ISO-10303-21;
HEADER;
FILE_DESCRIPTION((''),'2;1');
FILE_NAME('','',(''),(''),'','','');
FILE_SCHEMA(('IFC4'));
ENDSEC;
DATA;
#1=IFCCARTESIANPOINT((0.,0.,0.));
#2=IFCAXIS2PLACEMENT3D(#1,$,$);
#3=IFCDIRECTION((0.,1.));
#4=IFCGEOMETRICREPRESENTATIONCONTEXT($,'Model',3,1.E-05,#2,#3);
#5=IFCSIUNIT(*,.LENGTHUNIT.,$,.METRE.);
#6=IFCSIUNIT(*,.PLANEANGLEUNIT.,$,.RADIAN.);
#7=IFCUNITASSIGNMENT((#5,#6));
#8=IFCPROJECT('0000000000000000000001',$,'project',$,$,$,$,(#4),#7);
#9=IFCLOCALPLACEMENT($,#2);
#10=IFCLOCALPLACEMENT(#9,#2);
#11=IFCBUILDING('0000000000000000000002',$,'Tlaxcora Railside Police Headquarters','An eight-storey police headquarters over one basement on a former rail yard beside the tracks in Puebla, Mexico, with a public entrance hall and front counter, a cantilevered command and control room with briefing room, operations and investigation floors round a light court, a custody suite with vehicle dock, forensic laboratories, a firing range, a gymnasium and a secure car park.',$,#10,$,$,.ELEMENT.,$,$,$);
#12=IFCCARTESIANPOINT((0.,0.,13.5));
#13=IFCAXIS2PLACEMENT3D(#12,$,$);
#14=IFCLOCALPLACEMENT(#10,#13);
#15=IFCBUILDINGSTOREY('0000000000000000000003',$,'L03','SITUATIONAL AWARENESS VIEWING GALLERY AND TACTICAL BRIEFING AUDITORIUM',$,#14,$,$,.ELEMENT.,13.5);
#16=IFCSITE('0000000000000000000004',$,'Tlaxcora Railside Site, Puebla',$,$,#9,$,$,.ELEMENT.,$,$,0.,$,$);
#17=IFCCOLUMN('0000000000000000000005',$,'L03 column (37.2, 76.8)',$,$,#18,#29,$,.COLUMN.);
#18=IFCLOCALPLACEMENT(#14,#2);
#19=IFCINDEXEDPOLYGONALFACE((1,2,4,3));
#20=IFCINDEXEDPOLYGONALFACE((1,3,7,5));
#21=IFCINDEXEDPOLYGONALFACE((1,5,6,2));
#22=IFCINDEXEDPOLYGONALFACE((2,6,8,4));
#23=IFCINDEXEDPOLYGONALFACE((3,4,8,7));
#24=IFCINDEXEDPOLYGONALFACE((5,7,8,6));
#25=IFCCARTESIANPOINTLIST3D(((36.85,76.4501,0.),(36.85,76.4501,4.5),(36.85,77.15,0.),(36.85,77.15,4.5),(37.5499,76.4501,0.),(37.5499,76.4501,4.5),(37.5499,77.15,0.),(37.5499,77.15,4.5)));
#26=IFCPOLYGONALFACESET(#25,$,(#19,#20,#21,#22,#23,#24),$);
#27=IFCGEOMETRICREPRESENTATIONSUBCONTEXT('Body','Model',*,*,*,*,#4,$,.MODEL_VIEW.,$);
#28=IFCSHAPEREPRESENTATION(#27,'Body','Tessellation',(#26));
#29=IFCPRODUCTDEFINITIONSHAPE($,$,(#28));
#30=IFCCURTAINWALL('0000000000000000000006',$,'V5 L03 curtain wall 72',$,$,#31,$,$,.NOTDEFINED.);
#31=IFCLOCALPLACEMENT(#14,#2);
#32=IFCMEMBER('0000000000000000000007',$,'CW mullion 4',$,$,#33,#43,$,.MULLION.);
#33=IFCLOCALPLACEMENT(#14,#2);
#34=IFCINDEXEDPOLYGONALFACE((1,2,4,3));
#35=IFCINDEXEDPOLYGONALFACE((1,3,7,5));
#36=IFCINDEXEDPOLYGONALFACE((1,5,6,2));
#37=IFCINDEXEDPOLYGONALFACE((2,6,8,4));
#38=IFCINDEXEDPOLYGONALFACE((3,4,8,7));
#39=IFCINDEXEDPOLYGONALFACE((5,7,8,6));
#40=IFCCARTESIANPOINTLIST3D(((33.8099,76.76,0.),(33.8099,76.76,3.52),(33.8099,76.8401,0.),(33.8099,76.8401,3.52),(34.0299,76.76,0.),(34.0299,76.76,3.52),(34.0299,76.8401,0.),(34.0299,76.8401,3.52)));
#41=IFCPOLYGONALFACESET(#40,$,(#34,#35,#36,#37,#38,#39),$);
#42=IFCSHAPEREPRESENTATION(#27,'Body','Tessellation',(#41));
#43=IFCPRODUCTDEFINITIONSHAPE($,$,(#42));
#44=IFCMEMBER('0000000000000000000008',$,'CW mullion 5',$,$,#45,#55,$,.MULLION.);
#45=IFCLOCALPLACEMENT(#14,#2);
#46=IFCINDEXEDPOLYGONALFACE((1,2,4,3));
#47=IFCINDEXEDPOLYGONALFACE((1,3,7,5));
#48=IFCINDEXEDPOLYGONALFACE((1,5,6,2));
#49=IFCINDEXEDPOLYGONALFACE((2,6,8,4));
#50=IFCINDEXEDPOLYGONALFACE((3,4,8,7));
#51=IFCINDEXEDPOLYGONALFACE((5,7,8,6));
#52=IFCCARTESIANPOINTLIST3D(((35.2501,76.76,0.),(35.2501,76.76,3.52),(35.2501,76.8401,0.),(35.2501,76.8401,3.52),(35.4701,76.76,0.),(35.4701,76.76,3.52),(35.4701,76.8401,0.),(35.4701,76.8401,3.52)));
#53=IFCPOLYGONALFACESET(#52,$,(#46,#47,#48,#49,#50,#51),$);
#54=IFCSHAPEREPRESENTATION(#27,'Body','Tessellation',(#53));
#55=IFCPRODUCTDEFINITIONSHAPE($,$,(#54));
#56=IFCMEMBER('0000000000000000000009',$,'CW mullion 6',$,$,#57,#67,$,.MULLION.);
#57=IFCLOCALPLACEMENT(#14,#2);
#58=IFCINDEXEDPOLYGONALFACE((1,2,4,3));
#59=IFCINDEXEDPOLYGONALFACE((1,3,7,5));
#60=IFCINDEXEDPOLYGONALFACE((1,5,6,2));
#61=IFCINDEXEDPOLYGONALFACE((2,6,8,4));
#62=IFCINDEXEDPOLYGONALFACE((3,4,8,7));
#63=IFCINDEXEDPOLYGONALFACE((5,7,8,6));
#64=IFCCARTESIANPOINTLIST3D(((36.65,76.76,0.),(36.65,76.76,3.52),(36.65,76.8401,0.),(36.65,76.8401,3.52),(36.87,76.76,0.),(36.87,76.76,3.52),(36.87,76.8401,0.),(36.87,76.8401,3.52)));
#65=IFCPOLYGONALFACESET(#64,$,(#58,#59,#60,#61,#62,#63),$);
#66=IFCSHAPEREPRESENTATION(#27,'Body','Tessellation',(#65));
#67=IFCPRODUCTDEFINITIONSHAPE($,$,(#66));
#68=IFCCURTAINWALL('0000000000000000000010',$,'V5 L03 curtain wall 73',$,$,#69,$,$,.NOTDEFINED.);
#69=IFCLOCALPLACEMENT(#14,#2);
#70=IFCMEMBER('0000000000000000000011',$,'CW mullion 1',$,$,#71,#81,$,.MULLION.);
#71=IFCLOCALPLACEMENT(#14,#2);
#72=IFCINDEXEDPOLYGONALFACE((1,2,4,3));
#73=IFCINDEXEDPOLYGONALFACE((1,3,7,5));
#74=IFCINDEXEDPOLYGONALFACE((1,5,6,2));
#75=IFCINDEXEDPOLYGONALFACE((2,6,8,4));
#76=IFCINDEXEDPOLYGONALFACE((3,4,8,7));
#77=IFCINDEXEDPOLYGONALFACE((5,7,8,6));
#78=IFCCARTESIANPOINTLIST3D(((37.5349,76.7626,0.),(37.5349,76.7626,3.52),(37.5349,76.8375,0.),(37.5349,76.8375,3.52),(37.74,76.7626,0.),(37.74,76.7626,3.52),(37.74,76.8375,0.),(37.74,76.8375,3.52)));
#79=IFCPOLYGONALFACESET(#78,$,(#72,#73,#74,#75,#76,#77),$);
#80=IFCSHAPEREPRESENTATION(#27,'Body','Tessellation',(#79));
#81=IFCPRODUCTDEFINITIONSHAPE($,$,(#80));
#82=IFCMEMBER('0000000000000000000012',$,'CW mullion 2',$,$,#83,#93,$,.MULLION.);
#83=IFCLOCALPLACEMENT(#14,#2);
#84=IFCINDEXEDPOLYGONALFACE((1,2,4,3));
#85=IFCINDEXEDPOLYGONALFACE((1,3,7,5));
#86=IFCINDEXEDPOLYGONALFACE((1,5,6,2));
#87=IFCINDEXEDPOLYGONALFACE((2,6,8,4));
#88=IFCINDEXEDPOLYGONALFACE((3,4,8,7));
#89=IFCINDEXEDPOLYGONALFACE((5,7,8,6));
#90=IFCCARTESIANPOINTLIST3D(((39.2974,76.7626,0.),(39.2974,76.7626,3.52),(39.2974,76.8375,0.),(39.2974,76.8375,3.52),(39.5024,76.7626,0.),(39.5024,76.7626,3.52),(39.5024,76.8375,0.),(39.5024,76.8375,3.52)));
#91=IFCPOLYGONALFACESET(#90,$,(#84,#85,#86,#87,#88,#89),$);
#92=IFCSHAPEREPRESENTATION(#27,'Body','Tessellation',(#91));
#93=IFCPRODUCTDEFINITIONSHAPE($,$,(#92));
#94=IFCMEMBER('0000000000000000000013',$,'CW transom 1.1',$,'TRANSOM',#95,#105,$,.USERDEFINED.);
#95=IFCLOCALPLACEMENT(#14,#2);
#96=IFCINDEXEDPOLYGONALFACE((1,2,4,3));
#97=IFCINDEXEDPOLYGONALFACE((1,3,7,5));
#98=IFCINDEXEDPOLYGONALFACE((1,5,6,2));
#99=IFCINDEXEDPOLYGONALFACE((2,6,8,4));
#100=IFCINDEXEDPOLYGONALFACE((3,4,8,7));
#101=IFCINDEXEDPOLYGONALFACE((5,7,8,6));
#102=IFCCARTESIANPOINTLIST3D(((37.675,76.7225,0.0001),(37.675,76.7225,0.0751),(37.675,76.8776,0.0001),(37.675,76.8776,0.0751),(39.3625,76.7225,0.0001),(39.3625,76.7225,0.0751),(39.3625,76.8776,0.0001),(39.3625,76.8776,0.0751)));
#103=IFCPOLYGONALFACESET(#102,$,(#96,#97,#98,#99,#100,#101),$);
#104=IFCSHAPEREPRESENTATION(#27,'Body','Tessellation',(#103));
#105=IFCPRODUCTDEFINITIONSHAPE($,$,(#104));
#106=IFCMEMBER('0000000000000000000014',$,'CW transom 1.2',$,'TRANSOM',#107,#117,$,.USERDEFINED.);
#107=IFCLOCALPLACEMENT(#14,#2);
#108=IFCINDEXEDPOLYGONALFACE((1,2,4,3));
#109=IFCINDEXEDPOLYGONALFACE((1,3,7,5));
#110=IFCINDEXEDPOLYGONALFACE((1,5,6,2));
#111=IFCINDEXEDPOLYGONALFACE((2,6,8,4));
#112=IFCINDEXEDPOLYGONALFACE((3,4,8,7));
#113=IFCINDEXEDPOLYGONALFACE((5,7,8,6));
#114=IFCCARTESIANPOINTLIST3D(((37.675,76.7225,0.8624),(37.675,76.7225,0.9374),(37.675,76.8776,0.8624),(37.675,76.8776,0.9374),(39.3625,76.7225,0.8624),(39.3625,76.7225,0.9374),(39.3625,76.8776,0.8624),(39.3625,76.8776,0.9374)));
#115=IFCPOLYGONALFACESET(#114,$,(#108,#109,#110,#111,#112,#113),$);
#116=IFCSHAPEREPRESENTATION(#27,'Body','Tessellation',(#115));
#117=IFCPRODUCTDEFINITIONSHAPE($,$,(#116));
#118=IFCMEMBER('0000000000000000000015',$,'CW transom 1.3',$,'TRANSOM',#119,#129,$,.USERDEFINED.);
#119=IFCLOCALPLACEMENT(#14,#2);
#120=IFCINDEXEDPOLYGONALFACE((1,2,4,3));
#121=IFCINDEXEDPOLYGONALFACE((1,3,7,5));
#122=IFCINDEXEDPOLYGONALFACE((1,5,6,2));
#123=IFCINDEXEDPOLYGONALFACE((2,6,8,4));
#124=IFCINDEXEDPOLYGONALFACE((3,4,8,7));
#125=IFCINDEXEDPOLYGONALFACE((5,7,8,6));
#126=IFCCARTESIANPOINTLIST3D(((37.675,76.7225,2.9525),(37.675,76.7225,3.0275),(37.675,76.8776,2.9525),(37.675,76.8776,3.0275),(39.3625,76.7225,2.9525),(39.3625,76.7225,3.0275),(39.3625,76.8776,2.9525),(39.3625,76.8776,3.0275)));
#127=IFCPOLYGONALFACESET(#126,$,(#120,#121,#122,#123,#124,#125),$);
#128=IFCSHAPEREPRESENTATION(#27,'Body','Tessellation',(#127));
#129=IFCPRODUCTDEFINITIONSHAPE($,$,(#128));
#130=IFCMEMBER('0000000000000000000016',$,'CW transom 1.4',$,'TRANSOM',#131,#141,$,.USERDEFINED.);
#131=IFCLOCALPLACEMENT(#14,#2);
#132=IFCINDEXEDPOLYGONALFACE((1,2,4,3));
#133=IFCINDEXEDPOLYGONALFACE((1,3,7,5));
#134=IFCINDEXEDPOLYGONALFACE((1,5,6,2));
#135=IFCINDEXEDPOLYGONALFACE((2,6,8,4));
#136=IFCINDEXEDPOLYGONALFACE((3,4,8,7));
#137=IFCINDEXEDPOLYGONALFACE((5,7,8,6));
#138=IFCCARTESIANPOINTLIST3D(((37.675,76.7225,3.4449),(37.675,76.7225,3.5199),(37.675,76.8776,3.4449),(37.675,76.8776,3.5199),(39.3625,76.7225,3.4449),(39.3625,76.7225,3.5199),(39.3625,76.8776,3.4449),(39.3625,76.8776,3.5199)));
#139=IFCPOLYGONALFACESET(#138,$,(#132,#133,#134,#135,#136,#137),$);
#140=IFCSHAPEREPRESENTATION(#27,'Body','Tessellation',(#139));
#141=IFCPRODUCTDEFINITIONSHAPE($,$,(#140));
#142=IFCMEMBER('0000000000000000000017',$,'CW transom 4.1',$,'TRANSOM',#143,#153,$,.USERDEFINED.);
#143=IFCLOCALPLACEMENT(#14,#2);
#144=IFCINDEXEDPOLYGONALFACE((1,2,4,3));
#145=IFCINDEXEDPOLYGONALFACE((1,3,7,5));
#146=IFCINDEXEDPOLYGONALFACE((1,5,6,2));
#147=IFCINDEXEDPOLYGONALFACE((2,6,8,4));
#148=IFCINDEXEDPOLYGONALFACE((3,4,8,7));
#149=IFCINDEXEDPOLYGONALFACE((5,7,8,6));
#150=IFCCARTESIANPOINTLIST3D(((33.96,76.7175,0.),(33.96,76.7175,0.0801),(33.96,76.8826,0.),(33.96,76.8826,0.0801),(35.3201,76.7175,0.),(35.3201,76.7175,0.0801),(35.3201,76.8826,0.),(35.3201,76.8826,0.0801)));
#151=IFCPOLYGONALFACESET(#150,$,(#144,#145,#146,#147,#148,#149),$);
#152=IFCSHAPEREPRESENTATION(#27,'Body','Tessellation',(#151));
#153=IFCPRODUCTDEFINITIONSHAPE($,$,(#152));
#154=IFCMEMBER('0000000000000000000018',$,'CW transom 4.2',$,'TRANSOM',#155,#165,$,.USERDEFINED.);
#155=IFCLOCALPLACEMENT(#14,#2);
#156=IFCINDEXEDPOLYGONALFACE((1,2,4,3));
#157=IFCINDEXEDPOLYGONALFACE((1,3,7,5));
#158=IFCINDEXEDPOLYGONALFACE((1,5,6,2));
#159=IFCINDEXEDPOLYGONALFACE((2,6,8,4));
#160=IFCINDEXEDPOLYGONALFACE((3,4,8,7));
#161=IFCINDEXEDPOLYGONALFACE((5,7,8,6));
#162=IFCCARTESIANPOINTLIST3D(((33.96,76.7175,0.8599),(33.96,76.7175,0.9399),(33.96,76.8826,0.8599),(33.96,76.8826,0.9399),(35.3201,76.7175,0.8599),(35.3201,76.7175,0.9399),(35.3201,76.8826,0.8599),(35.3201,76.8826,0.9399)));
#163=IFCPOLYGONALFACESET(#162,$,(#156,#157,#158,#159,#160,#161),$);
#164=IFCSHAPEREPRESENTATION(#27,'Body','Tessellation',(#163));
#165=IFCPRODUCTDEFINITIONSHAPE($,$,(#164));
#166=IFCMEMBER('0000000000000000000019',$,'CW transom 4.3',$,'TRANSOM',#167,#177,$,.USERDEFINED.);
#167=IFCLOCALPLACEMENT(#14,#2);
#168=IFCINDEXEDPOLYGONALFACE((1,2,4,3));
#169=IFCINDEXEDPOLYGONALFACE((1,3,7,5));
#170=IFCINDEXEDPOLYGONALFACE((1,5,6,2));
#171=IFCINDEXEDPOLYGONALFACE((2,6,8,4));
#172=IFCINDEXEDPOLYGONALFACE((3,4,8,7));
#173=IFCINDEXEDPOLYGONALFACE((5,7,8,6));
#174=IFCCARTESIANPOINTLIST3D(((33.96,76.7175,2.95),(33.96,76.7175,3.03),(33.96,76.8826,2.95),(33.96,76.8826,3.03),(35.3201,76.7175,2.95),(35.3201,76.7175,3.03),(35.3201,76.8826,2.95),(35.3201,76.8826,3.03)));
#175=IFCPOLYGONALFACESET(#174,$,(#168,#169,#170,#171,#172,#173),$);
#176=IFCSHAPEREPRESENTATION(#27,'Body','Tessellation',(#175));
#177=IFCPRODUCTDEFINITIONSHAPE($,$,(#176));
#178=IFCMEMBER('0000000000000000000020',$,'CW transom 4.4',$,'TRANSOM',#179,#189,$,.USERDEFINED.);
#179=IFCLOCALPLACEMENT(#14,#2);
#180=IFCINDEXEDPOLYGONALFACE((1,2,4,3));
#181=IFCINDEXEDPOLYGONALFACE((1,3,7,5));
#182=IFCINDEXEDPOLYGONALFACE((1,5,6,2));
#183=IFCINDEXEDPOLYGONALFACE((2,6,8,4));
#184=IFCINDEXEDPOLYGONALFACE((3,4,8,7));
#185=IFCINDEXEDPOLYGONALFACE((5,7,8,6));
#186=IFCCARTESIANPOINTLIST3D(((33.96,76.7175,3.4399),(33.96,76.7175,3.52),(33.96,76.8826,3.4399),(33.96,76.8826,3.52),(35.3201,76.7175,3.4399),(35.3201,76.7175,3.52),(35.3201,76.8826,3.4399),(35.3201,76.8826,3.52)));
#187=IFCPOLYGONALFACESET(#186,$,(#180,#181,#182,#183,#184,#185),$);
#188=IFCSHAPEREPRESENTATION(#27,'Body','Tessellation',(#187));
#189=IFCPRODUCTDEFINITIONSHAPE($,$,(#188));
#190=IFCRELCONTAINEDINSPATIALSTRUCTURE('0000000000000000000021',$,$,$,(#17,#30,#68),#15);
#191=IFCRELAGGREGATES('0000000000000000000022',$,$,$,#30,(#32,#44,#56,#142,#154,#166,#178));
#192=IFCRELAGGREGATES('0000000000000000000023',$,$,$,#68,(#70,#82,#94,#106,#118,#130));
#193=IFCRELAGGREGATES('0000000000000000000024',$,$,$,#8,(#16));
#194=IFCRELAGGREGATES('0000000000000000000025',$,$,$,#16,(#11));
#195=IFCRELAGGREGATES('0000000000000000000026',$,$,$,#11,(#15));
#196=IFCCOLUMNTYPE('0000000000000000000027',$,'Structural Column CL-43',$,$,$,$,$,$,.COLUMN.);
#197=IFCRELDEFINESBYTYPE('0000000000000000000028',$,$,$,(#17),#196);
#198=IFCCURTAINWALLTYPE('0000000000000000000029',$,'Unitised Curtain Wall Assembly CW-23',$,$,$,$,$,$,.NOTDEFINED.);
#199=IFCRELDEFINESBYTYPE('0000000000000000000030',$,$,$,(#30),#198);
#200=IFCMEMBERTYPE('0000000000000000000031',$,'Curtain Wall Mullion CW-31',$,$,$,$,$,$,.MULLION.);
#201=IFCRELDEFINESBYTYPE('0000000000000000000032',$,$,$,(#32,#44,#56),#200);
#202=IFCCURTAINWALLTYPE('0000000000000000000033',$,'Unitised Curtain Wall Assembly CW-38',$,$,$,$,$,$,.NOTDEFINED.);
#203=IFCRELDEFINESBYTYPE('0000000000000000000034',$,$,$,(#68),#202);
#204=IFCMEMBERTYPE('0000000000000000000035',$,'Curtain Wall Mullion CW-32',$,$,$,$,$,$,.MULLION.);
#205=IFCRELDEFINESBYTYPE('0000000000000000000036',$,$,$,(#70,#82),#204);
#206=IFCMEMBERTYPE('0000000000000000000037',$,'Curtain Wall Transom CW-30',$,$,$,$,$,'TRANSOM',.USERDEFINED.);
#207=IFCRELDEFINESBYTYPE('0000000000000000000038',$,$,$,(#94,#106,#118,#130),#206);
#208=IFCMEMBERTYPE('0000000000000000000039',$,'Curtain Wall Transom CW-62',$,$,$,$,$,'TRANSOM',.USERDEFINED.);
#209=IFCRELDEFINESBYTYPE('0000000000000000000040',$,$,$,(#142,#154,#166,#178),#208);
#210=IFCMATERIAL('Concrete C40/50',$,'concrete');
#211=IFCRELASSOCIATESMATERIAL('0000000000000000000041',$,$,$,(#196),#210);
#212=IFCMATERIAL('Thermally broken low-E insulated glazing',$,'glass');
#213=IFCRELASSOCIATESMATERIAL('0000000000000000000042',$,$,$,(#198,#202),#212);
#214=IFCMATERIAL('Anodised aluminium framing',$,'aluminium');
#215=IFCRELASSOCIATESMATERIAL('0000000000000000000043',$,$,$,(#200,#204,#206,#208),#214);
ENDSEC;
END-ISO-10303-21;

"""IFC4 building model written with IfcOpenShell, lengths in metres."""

from ifc_helpers import new_model, si_unit, direction, frame, origin, origin_2d, place, context, subcontext, project, spatial, rectangle, extrude, material, material_profile, profile_set, type_object, element, aggregate, save


model = new_model("IFC4")

# Units and contexts
model_context = context("Model", 3, precision=1e-05, world=origin(), true_north=direction((0.0, 1.0)))
body_context = subcontext(model_context, "Body", "Model", "MODEL_VIEW")
ifc_project = project(units=[si_unit("LENGTHUNIT", "METRE"), si_unit("PLANEANGLEUNIT", "RADIAN")], contexts=[model_context])

# Site, building, storey
site_placement = place(None, origin())
site = spatial("IfcSite", under=ifc_project, at=site_placement, Name="Tlaxcora Railside Site, Puebla", CompositionType="ELEMENT", RefElevation=0.0)
building_placement = place(site_placement, origin())
building = spatial("IfcBuilding", under=site, at=building_placement, Name="Tlaxcora Railside Police Headquarters", Description="An eight-storey police headquarters over one basement on a former rail yard beside the tracks in Puebla, Mexico, with a public entrance hall and front counter, a cantilevered command and control room with briefing room, operations and investigation floors round a light court, a custody suite with vehicle dock, forensic laboratories, a firing range, a gymnasium and a secure car park.", CompositionType="ELEMENT")
storey_placement = place(building_placement, frame((0.0, 0.0, 13.5)))
storey = spatial("IfcBuildingStorey", under=building, at=storey_placement, Name="L03", Description="SITUATIONAL AWARENESS VIEWING GALLERY AND TACTICAL BRIEFING AUDITORIUM", CompositionType="ELEMENT", Elevation=13.5)

# Column
ifc_material_1 = material(Name="Concrete C40/50", Category="concrete")
ifc_material_profile_1 = material_profile(ifc_material_1, rectangle(XDim=0.7, YDim=0.7, at=origin_2d()), Name="RC700X700")
ifc_profile_set_1 = profile_set([ifc_material_profile_1], Name="Concrete C40/50")
column_type = type_object("IfcColumnType", Name="Structural Column CL-43", PredefinedType="COLUMN", material=ifc_profile_set_1)
column_placement = place(storey_placement, frame((37.2, 76.8, 0.0), z_axis=(0.0, 0.0, 1.0), x_axis=(1.0, 0.0, 0.0)))
element("IfcColumn", 1, at=column_placement, inside=storey, type_object=column_type, Name="L03 column (37.2, 76.8)", PredefinedType="COLUMN", context=body_context, shape_type="SweptSolid", body=[
    extrude(rectangle(XDim=0.7, YDim=0.7, at=origin_2d()), origin(), (0.0, 0.0, 1.0), 4.5),
])

# Curtain walls, members
ifc_material_2 = material(Name="Thermally broken low-E insulated glazing", Category="glass")
curtain_wall_type_1 = type_object("IfcCurtainWallType", Name="Unitised Curtain Wall Assembly CW-23", PredefinedType="NOTDEFINED", material=ifc_material_2)
curtain_wall_1_placement = place(storey_placement, origin())
curtain_wall_1 = element("IfcCurtainWall", 2, at=curtain_wall_1_placement, inside=storey, type_object=curtain_wall_type_1, Name="V5 L03 curtain wall 72", PredefinedType="NOTDEFINED")
ifc_material_3 = material(Name="Anodised aluminium framing", Category="aluminium")
ifc_material_profile_2 = material_profile(ifc_material_3, rectangle(XDim=0.0801, YDim=0.22, at=origin_2d()), Name="AL80X220")
ifc_profile_set_2 = profile_set([ifc_material_profile_2], Name="Anodised aluminium framing")
member_type_1 = type_object("IfcMemberType", Name="Curtain Wall Mullion CW-31", PredefinedType="MULLION", material=ifc_profile_set_2)
member_1_placement = place(storey_placement, frame((33.9199, 76.8, 0.0), z_axis=(0.0, 0.0, 1.0), x_axis=(0.0, 1.0, 0.0)))
member_1 = element("IfcMember", 3, at=member_1_placement, type_object=member_type_1, Name="CW mullion 4", PredefinedType="MULLION", context=body_context, shape_type="SweptSolid", body=[
    extrude(rectangle(XDim=0.0801, YDim=0.22, at=origin_2d()), origin(), (0.0, 0.0, 1.0), 3.52),
])
member_2_placement = place(storey_placement, frame((35.3601, 76.8, 0.0), z_axis=(0.0, 0.0, 1.0), x_axis=(0.0, 1.0, 0.0)))
member_2 = element("IfcMember", 4, at=member_2_placement, type_object=member_type_1, Name="CW mullion 5", PredefinedType="MULLION", context=body_context, shape_type="SweptSolid", body=[
    extrude(rectangle(XDim=0.0801, YDim=0.22, at=origin_2d()), origin(), (0.0, 0.0, 1.0), 3.52),
])
member_3_placement = place(storey_placement, frame((36.76, 76.8, 0.0), z_axis=(0.0, 0.0, 1.0), x_axis=(0.0, 1.0, 0.0)))
member_3 = element("IfcMember", 5, at=member_3_placement, type_object=member_type_1, Name="CW mullion 6", PredefinedType="MULLION", context=body_context, shape_type="SweptSolid", body=[
    extrude(rectangle(XDim=0.0801, YDim=0.22, at=origin_2d()), origin(), (0.0, 0.0, 1.0), 3.52),
])
curtain_wall_type_2 = type_object("IfcCurtainWallType", Name="Unitised Curtain Wall Assembly CW-38", PredefinedType="NOTDEFINED", material=ifc_material_2)
curtain_wall_2_placement = place(storey_placement, origin())
curtain_wall_2 = element("IfcCurtainWall", 6, at=curtain_wall_2_placement, inside=storey, type_object=curtain_wall_type_2, Name="V5 L03 curtain wall 73", PredefinedType="NOTDEFINED")
ifc_material_profile_3 = material_profile(ifc_material_3, rectangle(XDim=0.075, YDim=0.2051, at=origin_2d()), Name="AL75X205")
ifc_profile_set_3 = profile_set([ifc_material_profile_3], Name="Anodised aluminium framing")
member_type_2 = type_object("IfcMemberType", Name="Curtain Wall Mullion CW-32", PredefinedType="MULLION", material=ifc_profile_set_3)
member_4_placement = place(storey_placement, frame((37.6375, 76.8, 0.0), z_axis=(0.0, 0.0, 1.0), x_axis=(0.0, 1.0, 0.0)))
member_4 = element("IfcMember", 7, at=member_4_placement, type_object=member_type_2, Name="CW mullion 1", PredefinedType="MULLION", context=body_context, shape_type="SweptSolid", body=[
    extrude(rectangle(XDim=0.075, YDim=0.2051, at=origin_2d()), origin(), (0.0, 0.0, 1.0), 3.52),
])
member_5_placement = place(storey_placement, frame((39.3999, 76.8, 0.0), z_axis=(0.0, 0.0, 1.0), x_axis=(0.0, 1.0, 0.0)))
member_5 = element("IfcMember", 8, at=member_5_placement, type_object=member_type_2, Name="CW mullion 2", PredefinedType="MULLION", context=body_context, shape_type="SweptSolid", body=[
    extrude(rectangle(XDim=0.075, YDim=0.2051, at=origin_2d()), origin(), (0.0, 0.0, 1.0), 3.52),
])
ifc_material_profile_4 = material_profile(ifc_material_3, rectangle(XDim=0.155, YDim=0.075, at=origin_2d()), Name="AL75X155")
ifc_profile_set_4 = profile_set([ifc_material_profile_4], Name="Anodised aluminium framing")
member_type_3 = type_object("IfcMemberType", Name="Curtain Wall Transom CW-30", ElementType="TRANSOM", PredefinedType="USERDEFINED", material=ifc_profile_set_4)
member_6_placement = place(storey_placement, frame((37.675, 76.8, 0.0376), z_axis=(1.0, 0.0, 0.0), x_axis=(0.0, 1.0, 0.0)))
member_6 = element("IfcMember", 9, at=member_6_placement, type_object=member_type_3, Name="CW transom 1.1", ObjectType="TRANSOM", PredefinedType="USERDEFINED", context=body_context, shape_type="SweptSolid", body=[
    extrude(rectangle(XDim=0.155, YDim=0.075, at=origin_2d()), origin(), (0.0, 0.0, 1.0), 1.6875),
])
member_7_placement = place(storey_placement, frame((37.675, 76.8, 0.8999), z_axis=(1.0, 0.0, 0.0), x_axis=(0.0, 1.0, 0.0)))
member_7 = element("IfcMember", 10, at=member_7_placement, type_object=member_type_3, Name="CW transom 1.2", ObjectType="TRANSOM", PredefinedType="USERDEFINED", context=body_context, shape_type="SweptSolid", body=[
    extrude(rectangle(XDim=0.155, YDim=0.075, at=origin_2d()), origin(), (0.0, 0.0, 1.0), 1.6875),
])
member_8_placement = place(storey_placement, frame((37.675, 76.8, 2.99), z_axis=(1.0, 0.0, 0.0), x_axis=(0.0, 1.0, 0.0)))
member_8 = element("IfcMember", 11, at=member_8_placement, type_object=member_type_3, Name="CW transom 1.3", ObjectType="TRANSOM", PredefinedType="USERDEFINED", context=body_context, shape_type="SweptSolid", body=[
    extrude(rectangle(XDim=0.155, YDim=0.075, at=origin_2d()), origin(), (0.0, 0.0, 1.0), 1.6875),
])
member_9_placement = place(storey_placement, frame((37.675, 76.8, 3.4824), z_axis=(1.0, 0.0, 0.0), x_axis=(0.0, 1.0, 0.0)))
member_9 = element("IfcMember", 12, at=member_9_placement, type_object=member_type_3, Name="CW transom 1.4", ObjectType="TRANSOM", PredefinedType="USERDEFINED", context=body_context, shape_type="SweptSolid", body=[
    extrude(rectangle(XDim=0.155, YDim=0.075, at=origin_2d()), origin(), (0.0, 0.0, 1.0), 1.6875),
])

# Members
ifc_material_profile_5 = material_profile(ifc_material_3, rectangle(XDim=0.165, YDim=0.0801, at=origin_2d()), Name="AL80X165")
ifc_profile_set_5 = profile_set([ifc_material_profile_5], Name="Anodised aluminium framing")
member_type_4 = type_object("IfcMemberType", Name="Curtain Wall Transom CW-62", ElementType="TRANSOM", PredefinedType="USERDEFINED", material=ifc_profile_set_5)
member_10_placement = place(storey_placement, frame((33.96, 76.8, 0.04), z_axis=(1.0, 0.0, 0.0), x_axis=(0.0, 1.0, 0.0)))
member_10 = element("IfcMember", 13, at=member_10_placement, type_object=member_type_4, Name="CW transom 4.1", ObjectType="TRANSOM", PredefinedType="USERDEFINED", context=body_context, shape_type="SweptSolid", body=[
    extrude(rectangle(XDim=0.165, YDim=0.0801, at=origin_2d()), origin(), (0.0, 0.0, 1.0), 1.3601),
])
member_11_placement = place(storey_placement, frame((33.96, 76.8, 0.8999), z_axis=(1.0, 0.0, 0.0), x_axis=(0.0, 1.0, 0.0)))
member_11 = element("IfcMember", 14, at=member_11_placement, type_object=member_type_4, Name="CW transom 4.2", ObjectType="TRANSOM", PredefinedType="USERDEFINED", context=body_context, shape_type="SweptSolid", body=[
    extrude(rectangle(XDim=0.165, YDim=0.0801, at=origin_2d()), origin(), (0.0, 0.0, 1.0), 1.3601),
])
member_12_placement = place(storey_placement, frame((33.96, 76.8, 2.99), z_axis=(1.0, 0.0, 0.0), x_axis=(0.0, 1.0, 0.0)))
member_12 = element("IfcMember", 15, at=member_12_placement, type_object=member_type_4, Name="CW transom 4.3", ObjectType="TRANSOM", PredefinedType="USERDEFINED", context=body_context, shape_type="SweptSolid", body=[
    extrude(rectangle(XDim=0.165, YDim=0.0801, at=origin_2d()), origin(), (0.0, 0.0, 1.0), 1.3601),
])
member_13_placement = place(storey_placement, frame((33.96, 76.8, 3.48), z_axis=(1.0, 0.0, 0.0), x_axis=(0.0, 1.0, 0.0)))
member_13 = element("IfcMember", 16, at=member_13_placement, type_object=member_type_4, Name="CW transom 4.4", ObjectType="TRANSOM", PredefinedType="USERDEFINED", context=body_context, shape_type="SweptSolid", body=[
    extrude(rectangle(XDim=0.165, YDim=0.0801, at=origin_2d()), origin(), (0.0, 0.0, 1.0), 1.3601),
])

aggregate(curtain_wall_1, [member_1, member_2, member_3, member_10, member_11, member_12, member_13])
aggregate(curtain_wall_2, [member_4, member_5, member_6, member_7, member_8, member_9])

save(model, "model.ifc")
